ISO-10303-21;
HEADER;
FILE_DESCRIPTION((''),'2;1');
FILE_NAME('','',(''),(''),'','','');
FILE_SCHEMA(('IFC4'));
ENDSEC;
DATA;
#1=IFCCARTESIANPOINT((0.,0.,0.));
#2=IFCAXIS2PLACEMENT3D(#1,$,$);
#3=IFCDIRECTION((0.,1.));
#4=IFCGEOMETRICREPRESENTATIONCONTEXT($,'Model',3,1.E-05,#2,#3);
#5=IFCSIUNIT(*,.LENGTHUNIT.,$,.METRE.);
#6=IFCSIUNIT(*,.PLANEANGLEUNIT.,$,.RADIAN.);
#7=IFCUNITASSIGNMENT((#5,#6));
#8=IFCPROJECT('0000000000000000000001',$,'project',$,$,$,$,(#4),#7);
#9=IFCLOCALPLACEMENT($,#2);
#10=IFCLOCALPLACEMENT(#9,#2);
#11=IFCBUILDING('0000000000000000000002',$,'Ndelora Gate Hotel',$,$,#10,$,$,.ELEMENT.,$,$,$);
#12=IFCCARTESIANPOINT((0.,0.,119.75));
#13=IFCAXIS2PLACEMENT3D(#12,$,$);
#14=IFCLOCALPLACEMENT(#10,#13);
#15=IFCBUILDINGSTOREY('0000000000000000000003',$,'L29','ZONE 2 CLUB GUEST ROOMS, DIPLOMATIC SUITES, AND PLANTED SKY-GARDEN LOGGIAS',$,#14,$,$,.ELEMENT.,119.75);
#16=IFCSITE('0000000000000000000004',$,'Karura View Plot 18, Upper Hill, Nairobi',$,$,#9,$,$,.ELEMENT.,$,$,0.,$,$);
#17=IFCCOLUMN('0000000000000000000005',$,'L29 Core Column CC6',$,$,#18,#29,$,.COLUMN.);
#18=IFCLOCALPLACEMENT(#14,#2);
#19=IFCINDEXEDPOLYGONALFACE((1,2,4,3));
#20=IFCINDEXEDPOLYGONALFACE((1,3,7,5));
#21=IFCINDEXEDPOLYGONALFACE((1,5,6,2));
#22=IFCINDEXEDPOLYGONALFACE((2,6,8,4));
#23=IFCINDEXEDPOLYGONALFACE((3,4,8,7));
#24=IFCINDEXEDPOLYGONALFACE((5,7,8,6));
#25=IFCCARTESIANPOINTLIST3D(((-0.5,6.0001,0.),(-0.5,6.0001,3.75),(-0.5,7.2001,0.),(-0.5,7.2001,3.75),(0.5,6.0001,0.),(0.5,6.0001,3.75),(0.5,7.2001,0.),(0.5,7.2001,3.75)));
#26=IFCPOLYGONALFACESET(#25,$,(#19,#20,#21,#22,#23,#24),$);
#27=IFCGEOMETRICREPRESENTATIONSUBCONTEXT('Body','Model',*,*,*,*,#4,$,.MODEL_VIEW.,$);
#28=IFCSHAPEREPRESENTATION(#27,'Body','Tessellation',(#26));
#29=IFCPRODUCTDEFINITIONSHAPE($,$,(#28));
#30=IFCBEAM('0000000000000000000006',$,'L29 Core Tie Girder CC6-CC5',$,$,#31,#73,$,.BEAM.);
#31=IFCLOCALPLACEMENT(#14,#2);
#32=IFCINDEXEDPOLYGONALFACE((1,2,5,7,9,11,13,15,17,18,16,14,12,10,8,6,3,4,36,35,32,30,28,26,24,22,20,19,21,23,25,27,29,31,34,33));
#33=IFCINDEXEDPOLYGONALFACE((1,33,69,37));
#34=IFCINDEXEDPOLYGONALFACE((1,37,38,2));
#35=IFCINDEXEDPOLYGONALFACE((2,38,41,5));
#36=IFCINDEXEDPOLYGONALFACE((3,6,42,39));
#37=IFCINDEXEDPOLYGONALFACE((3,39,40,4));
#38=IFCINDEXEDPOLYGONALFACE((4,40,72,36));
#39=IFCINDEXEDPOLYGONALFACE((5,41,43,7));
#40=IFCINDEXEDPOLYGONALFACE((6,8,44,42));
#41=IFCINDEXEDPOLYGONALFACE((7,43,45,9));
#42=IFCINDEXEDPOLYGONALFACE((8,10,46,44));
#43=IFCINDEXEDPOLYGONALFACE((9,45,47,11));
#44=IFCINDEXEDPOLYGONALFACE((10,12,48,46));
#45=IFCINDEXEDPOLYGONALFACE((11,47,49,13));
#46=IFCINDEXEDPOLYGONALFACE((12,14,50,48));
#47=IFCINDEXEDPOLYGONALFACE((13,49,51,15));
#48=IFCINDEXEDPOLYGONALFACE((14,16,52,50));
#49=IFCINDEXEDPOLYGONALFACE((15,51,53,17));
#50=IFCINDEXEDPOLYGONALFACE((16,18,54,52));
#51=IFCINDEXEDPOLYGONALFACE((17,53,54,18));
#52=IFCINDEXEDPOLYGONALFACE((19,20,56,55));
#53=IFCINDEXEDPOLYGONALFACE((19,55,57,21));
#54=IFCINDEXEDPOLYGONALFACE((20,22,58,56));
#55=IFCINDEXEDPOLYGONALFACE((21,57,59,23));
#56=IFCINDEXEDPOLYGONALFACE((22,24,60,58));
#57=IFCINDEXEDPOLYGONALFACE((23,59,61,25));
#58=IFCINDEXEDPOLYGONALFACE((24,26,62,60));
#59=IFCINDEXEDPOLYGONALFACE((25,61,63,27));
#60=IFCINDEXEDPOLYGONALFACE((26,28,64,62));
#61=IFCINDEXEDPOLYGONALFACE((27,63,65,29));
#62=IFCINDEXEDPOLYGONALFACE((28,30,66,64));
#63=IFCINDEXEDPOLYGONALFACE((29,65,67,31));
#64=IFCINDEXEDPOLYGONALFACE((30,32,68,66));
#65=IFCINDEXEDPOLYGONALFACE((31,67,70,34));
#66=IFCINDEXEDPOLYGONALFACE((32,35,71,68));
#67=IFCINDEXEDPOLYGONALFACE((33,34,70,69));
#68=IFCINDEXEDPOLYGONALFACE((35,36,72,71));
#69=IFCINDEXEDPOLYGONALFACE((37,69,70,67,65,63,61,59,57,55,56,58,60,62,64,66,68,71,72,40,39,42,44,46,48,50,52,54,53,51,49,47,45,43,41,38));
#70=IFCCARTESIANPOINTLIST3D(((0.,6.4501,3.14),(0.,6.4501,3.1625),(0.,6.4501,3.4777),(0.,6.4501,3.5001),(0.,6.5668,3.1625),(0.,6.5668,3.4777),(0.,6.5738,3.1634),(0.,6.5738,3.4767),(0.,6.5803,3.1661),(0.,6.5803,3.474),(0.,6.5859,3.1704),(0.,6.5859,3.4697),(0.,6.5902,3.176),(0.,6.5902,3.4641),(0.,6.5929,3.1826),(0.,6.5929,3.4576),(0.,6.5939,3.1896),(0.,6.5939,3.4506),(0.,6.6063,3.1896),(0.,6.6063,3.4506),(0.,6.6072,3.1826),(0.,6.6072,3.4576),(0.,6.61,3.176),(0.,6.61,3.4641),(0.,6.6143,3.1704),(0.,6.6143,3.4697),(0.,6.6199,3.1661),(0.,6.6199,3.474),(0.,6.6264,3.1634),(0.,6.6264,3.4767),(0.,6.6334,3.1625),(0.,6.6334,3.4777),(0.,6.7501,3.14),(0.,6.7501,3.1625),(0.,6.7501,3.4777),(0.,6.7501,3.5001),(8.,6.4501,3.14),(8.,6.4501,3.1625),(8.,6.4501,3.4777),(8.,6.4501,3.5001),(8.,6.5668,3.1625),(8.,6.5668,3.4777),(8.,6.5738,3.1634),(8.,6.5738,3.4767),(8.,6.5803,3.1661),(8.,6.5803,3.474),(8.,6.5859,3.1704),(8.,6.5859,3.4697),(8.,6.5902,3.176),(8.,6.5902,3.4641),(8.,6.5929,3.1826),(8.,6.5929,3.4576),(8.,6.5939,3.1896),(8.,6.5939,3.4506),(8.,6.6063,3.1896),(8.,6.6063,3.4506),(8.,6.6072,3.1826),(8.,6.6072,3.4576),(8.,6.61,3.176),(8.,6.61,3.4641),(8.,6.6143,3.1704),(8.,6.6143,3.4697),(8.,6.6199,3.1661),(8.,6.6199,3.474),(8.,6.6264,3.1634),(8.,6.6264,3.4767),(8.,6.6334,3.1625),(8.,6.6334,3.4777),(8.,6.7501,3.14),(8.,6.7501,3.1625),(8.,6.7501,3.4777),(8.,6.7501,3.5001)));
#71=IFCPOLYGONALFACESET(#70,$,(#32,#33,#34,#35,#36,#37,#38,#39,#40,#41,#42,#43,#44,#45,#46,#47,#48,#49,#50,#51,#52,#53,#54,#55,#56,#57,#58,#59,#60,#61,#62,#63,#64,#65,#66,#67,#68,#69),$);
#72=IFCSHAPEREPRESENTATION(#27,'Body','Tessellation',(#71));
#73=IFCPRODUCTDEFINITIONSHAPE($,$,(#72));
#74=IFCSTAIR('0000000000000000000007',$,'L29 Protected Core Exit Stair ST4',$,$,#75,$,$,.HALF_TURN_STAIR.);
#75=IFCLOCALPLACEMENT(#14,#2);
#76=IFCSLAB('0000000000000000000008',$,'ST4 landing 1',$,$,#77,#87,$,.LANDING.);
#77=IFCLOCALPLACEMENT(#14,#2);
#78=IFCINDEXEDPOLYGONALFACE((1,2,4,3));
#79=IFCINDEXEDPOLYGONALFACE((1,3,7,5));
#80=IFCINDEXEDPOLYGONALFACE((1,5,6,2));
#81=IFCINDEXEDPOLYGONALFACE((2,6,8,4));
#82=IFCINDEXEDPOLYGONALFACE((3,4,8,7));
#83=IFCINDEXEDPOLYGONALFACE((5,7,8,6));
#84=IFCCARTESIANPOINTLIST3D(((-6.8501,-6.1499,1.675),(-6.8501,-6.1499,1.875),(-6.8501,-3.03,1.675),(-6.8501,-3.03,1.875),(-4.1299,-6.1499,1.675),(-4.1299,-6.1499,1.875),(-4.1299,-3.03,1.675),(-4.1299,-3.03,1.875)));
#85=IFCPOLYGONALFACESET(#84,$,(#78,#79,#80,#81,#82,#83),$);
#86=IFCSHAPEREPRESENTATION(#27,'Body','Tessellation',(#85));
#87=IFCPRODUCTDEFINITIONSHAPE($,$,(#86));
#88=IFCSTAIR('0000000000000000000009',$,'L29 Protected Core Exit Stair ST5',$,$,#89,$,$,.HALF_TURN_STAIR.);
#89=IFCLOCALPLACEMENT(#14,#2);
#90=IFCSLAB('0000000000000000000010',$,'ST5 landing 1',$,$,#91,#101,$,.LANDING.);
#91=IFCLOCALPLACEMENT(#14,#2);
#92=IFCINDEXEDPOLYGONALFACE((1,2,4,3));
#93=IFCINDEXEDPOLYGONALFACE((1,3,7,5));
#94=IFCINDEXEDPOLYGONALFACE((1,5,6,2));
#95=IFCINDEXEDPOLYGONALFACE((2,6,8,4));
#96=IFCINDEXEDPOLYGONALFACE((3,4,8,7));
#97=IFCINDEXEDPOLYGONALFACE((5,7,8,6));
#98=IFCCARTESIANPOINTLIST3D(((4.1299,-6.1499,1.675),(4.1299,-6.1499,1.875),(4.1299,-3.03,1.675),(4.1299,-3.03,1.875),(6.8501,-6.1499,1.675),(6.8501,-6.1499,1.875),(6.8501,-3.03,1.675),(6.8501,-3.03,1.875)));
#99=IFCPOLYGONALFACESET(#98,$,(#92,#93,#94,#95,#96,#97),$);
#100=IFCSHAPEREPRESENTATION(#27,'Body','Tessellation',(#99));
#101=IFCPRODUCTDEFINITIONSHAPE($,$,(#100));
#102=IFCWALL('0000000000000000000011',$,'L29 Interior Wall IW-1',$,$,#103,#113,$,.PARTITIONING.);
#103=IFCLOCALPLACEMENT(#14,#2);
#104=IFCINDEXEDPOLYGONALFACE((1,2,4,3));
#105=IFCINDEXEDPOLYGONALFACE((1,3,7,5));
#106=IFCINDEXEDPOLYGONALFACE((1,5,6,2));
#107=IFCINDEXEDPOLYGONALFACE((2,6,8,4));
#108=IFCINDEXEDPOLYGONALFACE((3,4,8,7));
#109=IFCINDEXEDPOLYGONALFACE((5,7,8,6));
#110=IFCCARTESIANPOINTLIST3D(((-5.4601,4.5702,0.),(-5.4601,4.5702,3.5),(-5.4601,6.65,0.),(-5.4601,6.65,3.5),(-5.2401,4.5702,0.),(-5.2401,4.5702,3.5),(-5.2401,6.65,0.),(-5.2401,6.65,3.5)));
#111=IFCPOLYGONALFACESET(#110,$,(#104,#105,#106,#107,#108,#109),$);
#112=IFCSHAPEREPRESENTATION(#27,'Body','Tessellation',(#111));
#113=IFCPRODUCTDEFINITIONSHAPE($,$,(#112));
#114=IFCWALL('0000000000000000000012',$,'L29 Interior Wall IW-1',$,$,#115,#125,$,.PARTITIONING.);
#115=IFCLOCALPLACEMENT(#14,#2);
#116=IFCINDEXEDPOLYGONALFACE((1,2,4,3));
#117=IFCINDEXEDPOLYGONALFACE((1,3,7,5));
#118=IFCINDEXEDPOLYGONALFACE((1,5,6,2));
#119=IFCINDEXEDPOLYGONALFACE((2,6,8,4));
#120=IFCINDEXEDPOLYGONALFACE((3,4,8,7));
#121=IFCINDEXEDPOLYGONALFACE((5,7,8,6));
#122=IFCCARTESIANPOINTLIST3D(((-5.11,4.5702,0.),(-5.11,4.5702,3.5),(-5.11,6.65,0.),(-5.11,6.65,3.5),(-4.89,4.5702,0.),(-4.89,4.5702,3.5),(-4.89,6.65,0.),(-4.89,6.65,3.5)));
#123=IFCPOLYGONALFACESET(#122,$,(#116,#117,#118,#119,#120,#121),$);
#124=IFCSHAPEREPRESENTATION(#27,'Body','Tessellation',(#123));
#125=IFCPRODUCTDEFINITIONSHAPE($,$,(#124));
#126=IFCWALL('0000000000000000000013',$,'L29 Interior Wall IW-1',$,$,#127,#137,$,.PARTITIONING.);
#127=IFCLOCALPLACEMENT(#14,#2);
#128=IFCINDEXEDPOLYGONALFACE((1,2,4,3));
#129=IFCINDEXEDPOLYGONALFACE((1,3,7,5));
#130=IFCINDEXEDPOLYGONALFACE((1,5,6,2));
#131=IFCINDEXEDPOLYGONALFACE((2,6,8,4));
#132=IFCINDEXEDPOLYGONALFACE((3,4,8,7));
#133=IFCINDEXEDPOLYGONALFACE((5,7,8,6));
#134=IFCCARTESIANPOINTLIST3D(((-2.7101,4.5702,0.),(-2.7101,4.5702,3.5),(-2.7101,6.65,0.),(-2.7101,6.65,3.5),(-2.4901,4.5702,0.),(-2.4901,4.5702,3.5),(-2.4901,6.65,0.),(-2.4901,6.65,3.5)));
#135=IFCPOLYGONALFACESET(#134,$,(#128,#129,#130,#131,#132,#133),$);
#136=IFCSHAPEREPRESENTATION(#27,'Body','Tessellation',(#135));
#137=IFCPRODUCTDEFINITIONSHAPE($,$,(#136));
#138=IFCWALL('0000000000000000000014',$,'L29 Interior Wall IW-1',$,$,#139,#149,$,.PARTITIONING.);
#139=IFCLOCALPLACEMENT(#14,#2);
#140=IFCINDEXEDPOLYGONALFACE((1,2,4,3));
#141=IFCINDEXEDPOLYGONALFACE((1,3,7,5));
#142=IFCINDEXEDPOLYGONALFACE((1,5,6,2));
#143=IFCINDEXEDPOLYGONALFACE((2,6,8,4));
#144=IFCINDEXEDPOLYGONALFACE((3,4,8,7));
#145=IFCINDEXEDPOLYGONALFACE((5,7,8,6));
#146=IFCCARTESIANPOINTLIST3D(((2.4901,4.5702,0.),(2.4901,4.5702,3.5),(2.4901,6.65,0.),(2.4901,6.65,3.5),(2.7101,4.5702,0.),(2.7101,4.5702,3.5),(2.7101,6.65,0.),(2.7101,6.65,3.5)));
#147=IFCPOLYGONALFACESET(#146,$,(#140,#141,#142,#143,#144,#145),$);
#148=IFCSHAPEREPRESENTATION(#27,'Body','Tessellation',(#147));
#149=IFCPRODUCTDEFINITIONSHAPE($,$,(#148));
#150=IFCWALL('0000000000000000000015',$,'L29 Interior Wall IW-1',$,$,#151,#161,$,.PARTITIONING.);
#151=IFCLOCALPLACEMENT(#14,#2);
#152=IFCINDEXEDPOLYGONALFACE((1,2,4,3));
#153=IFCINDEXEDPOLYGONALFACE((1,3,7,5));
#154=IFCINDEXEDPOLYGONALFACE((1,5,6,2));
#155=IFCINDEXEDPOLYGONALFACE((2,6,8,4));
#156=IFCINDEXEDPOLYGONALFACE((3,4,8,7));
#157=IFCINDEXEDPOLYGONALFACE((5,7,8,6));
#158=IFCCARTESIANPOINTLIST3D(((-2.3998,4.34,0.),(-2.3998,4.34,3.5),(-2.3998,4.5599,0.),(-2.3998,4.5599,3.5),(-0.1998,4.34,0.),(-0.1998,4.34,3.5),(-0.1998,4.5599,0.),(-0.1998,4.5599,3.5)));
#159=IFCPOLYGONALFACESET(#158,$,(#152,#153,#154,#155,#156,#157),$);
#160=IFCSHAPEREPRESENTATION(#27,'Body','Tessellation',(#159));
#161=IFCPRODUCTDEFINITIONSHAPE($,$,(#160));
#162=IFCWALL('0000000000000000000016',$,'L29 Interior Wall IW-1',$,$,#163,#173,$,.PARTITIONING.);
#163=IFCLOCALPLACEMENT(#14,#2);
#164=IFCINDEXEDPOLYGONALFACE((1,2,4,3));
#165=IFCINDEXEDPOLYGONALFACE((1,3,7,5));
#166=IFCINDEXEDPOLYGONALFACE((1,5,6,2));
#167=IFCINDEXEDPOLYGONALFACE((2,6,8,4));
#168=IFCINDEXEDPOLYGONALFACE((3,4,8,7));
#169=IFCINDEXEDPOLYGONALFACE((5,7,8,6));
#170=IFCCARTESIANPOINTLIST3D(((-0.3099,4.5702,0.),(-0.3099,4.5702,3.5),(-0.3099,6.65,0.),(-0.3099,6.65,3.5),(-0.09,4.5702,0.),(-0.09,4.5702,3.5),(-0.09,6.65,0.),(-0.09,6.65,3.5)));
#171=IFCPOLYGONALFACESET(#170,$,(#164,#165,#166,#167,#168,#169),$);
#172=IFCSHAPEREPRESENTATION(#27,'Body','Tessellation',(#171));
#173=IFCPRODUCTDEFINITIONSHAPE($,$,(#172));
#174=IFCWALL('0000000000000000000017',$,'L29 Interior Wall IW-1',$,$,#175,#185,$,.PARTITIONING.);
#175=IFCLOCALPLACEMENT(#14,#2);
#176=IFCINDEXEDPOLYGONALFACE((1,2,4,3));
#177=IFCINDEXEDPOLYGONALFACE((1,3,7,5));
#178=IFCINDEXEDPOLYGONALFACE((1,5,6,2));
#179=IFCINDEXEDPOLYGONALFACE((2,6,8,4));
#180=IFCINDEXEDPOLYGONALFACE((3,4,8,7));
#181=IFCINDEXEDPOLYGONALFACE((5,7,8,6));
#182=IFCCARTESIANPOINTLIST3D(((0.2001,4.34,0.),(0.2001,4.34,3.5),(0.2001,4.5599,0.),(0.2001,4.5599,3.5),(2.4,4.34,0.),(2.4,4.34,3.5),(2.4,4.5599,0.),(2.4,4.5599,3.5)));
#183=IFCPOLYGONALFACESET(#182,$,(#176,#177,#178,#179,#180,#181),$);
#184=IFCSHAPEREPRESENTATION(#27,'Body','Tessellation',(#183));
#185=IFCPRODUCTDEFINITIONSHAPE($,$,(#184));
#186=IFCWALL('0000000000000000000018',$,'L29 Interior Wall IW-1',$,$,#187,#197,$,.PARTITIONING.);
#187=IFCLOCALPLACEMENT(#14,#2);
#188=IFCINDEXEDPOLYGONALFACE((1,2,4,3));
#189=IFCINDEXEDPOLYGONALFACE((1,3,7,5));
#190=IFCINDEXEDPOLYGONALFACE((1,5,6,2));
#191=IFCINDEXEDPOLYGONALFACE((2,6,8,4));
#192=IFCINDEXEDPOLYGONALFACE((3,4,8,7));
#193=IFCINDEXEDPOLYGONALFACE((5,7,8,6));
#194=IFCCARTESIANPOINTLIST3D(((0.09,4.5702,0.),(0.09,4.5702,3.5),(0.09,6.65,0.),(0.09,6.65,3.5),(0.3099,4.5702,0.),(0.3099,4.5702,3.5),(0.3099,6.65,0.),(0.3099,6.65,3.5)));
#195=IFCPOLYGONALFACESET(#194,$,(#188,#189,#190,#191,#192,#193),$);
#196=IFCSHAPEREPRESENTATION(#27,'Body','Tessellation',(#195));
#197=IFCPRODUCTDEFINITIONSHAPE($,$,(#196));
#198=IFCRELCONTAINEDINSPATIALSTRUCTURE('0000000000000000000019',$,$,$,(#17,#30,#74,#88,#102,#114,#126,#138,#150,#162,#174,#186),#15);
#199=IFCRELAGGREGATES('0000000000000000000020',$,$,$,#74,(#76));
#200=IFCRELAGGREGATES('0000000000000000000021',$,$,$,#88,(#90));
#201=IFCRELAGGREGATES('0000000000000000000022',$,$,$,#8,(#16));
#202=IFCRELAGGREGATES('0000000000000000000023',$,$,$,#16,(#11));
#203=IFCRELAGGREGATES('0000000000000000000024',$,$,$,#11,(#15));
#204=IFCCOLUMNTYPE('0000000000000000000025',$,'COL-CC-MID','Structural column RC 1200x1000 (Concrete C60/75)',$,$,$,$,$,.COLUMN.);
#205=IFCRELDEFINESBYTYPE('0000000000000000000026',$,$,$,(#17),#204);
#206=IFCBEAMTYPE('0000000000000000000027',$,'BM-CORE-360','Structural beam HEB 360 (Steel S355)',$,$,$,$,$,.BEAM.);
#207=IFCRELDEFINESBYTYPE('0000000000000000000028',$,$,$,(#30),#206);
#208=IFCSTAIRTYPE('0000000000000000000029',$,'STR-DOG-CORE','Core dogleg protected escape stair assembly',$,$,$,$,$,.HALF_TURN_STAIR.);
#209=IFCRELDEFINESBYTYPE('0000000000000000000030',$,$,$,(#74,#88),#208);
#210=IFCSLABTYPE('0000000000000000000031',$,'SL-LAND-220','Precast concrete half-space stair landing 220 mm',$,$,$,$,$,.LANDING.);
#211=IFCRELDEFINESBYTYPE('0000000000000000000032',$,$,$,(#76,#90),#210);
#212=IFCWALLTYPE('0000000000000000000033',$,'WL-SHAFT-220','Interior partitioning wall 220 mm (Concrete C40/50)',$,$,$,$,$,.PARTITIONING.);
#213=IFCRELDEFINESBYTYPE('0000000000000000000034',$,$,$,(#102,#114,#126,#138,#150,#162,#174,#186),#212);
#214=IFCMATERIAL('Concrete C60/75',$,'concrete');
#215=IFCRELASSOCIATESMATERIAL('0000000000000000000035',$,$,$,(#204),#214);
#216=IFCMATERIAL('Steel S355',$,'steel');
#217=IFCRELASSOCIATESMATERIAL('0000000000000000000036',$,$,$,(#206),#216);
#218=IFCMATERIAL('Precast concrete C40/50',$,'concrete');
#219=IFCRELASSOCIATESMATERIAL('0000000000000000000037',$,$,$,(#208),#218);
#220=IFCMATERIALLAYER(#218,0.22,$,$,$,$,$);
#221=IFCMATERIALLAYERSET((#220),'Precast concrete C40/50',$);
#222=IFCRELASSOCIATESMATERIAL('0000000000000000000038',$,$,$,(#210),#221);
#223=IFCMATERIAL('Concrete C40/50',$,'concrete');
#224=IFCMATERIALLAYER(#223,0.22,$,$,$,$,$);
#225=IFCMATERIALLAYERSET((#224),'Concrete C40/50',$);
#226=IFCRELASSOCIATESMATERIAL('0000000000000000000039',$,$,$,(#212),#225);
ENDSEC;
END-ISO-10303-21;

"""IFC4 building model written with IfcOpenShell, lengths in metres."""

from ifc_helpers import new_model, si_unit, direction, frame, frame_2d, origin, origin_2d, place, context, subcontext, project, spatial, polyline, rectangle, i_section, outline, extrude, material, layer, layer_set, material_profile, profile_set, type_object, element, aggregate, save


model = new_model("IFC4")

# Units and contexts
model_context = context("Model", 3, precision=1e-05, world=origin(), true_north=direction((0.0, 1.0)))
body_context = subcontext(model_context, "Body", "Model", "MODEL_VIEW")
ifc_project = project(units=[si_unit("LENGTHUNIT", "METRE"), si_unit("PLANEANGLEUNIT", "RADIAN")], contexts=[model_context])

# Site, building, storey
site_placement = place(None, origin())
site = spatial("IfcSite", under=ifc_project, at=site_placement, Name="Karura View Plot 18, Upper Hill, Nairobi", CompositionType="ELEMENT", RefElevation=0.0)
building_placement = place(site_placement, origin())
building = spatial("IfcBuilding", under=site, at=building_placement, Name="Ndelora Gate Hotel", CompositionType="ELEMENT")
storey_placement = place(building_placement, frame((0.0, 0.0, 119.75)))
storey = spatial("IfcBuildingStorey", under=building, at=storey_placement, Name="L29", Description="ZONE 2 CLUB GUEST ROOMS, DIPLOMATIC SUITES, AND PLANTED SKY-GARDEN LOGGIAS", CompositionType="ELEMENT", Elevation=119.75)

# Column
ifc_material_1 = material(Name="Concrete C60/75", Category="concrete")
ifc_material_profile_1 = material_profile(ifc_material_1, rectangle(XDim=1.0, YDim=1.2, at=origin_2d()), Name="RC 1200x1000")
ifc_profile_set_1 = profile_set([ifc_material_profile_1], Name="Concrete C60/75")
column_type = type_object("IfcColumnType", Name="COL-CC-MID", Description="Structural column RC 1200x1000 (Concrete C60/75)", PredefinedType="COLUMN", material=ifc_profile_set_1)
column_placement = place(storey_placement, frame((0.0, 6.6001, 0.0), z_axis=(0.0, 0.0, 1.0), x_axis=(1.0, 0.0, 0.0)))
element("IfcColumn", 1, at=column_placement, inside=storey, type_object=column_type, Name="L29 Core Column CC6", PredefinedType="COLUMN", context=body_context, shape_type="SweptSolid", body=[
    extrude(rectangle(XDim=1.0, YDim=1.2, at=origin_2d()), origin(), (0.0, 0.0, 1.0), 3.75),
])

# Beam
ifc_material_2 = material(Name="Steel S355", Category="steel")
ifc_material_profile_2 = material_profile(ifc_material_2, i_section(OverallWidth=0.3, OverallDepth=0.3601, WebThickness=0.0125, FlangeThickness=0.0225, FilletRadius=0.0271, at=origin_2d()), Name="HEB 360")
ifc_profile_set_2 = profile_set([ifc_material_profile_2], Name="Steel S355")
beam_type = type_object("IfcBeamType", Name="BM-CORE-360", Description="Structural beam HEB 360 (Steel S355)", PredefinedType="BEAM", material=ifc_profile_set_2)
beam_placement = place(storey_placement, frame((0.0, 6.6001, 3.3201), z_axis=(1.0, 0.0, 0.0), x_axis=(0.0, 1.0, 0.0)))
element("IfcBeam", 2, at=beam_placement, inside=storey, type_object=beam_type, Name="L29 Core Tie Girder CC6-CC5", PredefinedType="BEAM", context=body_context, shape_type="SweptSolid", body=[
    extrude(i_section(OverallWidth=0.3, OverallDepth=0.3601, WebThickness=0.0125, FlangeThickness=0.0225, FilletRadius=0.0271, at=origin_2d()), origin(), (0.0, 0.0, 1.0), 8.0),
])

# Stairs, slabs
ifc_material_3 = material(Name="Precast concrete C40/50", Category="concrete")
stair_type = type_object("IfcStairType", Name="STR-DOG-CORE", Description="Core dogleg protected escape stair assembly", PredefinedType="HALF_TURN_STAIR", material=ifc_material_3)
stair_1_placement = place(storey_placement, origin())
stair_1 = element("IfcStair", 3, at=stair_1_placement, inside=storey, type_object=stair_type, Name="L29 Protected Core Exit Stair ST4", PredefinedType="HALF_TURN_STAIR")
ifc_layer_1 = layer(ifc_material_3, 0.22)
ifc_layer_set_1 = layer_set([ifc_layer_1], Name="Precast concrete C40/50")
slab_type = type_object("IfcSlabType", Name="SL-LAND-220", Description="Precast concrete half-space stair landing 220 mm", PredefinedType="LANDING", material=ifc_layer_set_1)
slab_1_placement = place(storey_placement, frame((0.0, 0.0, 1.675)))
slab_1 = element("IfcSlab", 4, at=slab_1_placement, type_object=slab_type, Name="ST4 landing 1", PredefinedType="LANDING", context=body_context, shape_type="SweptSolid", body=[
    extrude(outline(polyline([(-6.8501, -3.03), (-6.8501, -6.1499), (-4.1299, -6.1499), (-4.1299, -3.03), (-6.8501, -3.03)])), origin(), (0.0, 0.0, 1.0), 0.2),
])
aggregate(stair_1, [slab_1])
stair_2_placement = place(storey_placement, origin())
stair_2 = element("IfcStair", 5, at=stair_2_placement, inside=storey, type_object=stair_type, Name="L29 Protected Core Exit Stair ST5", PredefinedType="HALF_TURN_STAIR")
slab_2_placement = place(storey_placement, frame((0.0, 0.0, 1.675)))
slab_2 = element("IfcSlab", 6, at=slab_2_placement, type_object=slab_type, Name="ST5 landing 1", PredefinedType="LANDING", context=body_context, shape_type="SweptSolid", body=[
    extrude(outline(polyline([(4.1299, -3.03), (4.1299, -6.1499), (6.8501, -6.1499), (6.8501, -3.03), (4.1299, -3.03)])), origin(), (0.0, 0.0, 1.0), 0.2),
])
aggregate(stair_2, [slab_2])

# Shared definitions
ifc_material_4 = material(Name="Concrete C40/50", Category="concrete")

# Wall
ifc_layer_2 = layer(ifc_material_4, 0.22)
ifc_layer_set_2 = layer_set([ifc_layer_2], Name="Concrete C40/50")
wall_type_1 = type_object("IfcWallType", Name="WL-SHAFT-220", Description="Interior partitioning wall 220 mm (Concrete C40/50)", PredefinedType="PARTITIONING", material=ifc_layer_set_2)
wall_1_placement = place(storey_placement, frame((-5.3501, 4.5701, 0.0), z_axis=(0.0, 0.0, 1.0), x_axis=(0.0, 1.0, 0.0)))
element("IfcWall", 7, at=wall_1_placement, inside=storey, type_object=wall_type_1, Name="L29 Interior Wall IW-1", PredefinedType="PARTITIONING", context=body_context, shape_type="SweptSolid", body=[
    extrude(rectangle(XDim=2.0798, YDim=0.22, at=frame_2d((1.04, 0.0))), origin(), (0.0, 0.0, 1.0), 3.5),
])

# Walls
for number, where, z_axis, x_axis, name in (
    (8, (-5.0, 4.5701, 0.0), (0.0, 0.0, 1.0), (0.0, 1.0, 0.0), "L29 Interior Wall IW-1"),
    (9, (-2.6001, 4.5701, 0.0), (0.0, 0.0, 1.0), (0.0, 1.0, 0.0), "L29 Interior Wall IW-1"),
):
    element("IfcWall", number, at=place(storey_placement, frame(where, z_axis=z_axis, x_axis=x_axis)), inside=storey, type_object=wall_type_1, Name=name, PredefinedType="PARTITIONING", context=body_context, shape_type="SweptSolid", body=[
        extrude(rectangle(XDim=2.0798, YDim=0.22, at=frame_2d((1.04, 0.0))), origin(), (0.0, 0.0, 1.0), 3.5),
    ])

# Walls
wall_2_placement = place(storey_placement, frame((2.6001, 4.5701, 0.0), z_axis=(0.0, 0.0, 1.0), x_axis=(0.0, 1.0, 0.0)))
element("IfcWall", 10, at=wall_2_placement, inside=storey, type_object=wall_type_1, Name="L29 Interior Wall IW-1", PredefinedType="PARTITIONING", context=body_context, shape_type="SweptSolid", body=[
    extrude(rectangle(XDim=2.0798, YDim=0.22, at=frame_2d((1.04, 0.0))), origin(), (0.0, 0.0, 1.0), 3.5),
])
wall_3_placement = place(storey_placement, frame((-2.3999, 4.45, 0.0), z_axis=(0.0, 0.0, 1.0), x_axis=(1.0, 0.0, 0.0)))
element("IfcWall", 11, at=wall_3_placement, inside=storey, type_object=wall_type_1, Name="L29 Interior Wall IW-1", PredefinedType="PARTITIONING", context=body_context, shape_type="SweptSolid", body=[
    extrude(rectangle(XDim=2.2, YDim=0.22, at=frame_2d((1.1001, 0.0))), origin(), (0.0, 0.0, 1.0), 3.5),
])
wall_4_placement = place(storey_placement, frame((-0.2, 4.5701, 0.0), z_axis=(0.0, 0.0, 1.0), x_axis=(0.0, 1.0, 0.0)))
element("IfcWall", 12, at=wall_4_placement, inside=storey, type_object=wall_type_1, Name="L29 Interior Wall IW-1", PredefinedType="PARTITIONING", context=body_context, shape_type="SweptSolid", body=[
    extrude(rectangle(XDim=2.0798, YDim=0.22, at=frame_2d((1.04, 0.0))), origin(), (0.0, 0.0, 1.0), 3.5),
])
wall_5_placement = place(storey_placement, frame((0.2, 4.45, 0.0), z_axis=(0.0, 0.0, 1.0), x_axis=(1.0, 0.0, 0.0)))
element("IfcWall", 13, at=wall_5_placement, inside=storey, type_object=wall_type_1, Name="L29 Interior Wall IW-1", PredefinedType="PARTITIONING", context=body_context, shape_type="SweptSolid", body=[
    extrude(rectangle(XDim=2.2, YDim=0.22, at=frame_2d((1.1001, 0.0))), origin(), (0.0, 0.0, 1.0), 3.5),
])
wall_6_placement = place(storey_placement, frame((0.2, 4.5701, 0.0), z_axis=(0.0, 0.0, 1.0), x_axis=(0.0, 1.0, 0.0)))
element("IfcWall", 14, at=wall_6_placement, inside=storey, type_object=wall_type_1, Name="L29 Interior Wall IW-1", PredefinedType="PARTITIONING", context=body_context, shape_type="SweptSolid", body=[
    extrude(rectangle(XDim=2.0798, YDim=0.22, at=frame_2d((1.04, 0.0))), origin(), (0.0, 0.0, 1.0), 3.5),
])

save(model, "model.ifc")
